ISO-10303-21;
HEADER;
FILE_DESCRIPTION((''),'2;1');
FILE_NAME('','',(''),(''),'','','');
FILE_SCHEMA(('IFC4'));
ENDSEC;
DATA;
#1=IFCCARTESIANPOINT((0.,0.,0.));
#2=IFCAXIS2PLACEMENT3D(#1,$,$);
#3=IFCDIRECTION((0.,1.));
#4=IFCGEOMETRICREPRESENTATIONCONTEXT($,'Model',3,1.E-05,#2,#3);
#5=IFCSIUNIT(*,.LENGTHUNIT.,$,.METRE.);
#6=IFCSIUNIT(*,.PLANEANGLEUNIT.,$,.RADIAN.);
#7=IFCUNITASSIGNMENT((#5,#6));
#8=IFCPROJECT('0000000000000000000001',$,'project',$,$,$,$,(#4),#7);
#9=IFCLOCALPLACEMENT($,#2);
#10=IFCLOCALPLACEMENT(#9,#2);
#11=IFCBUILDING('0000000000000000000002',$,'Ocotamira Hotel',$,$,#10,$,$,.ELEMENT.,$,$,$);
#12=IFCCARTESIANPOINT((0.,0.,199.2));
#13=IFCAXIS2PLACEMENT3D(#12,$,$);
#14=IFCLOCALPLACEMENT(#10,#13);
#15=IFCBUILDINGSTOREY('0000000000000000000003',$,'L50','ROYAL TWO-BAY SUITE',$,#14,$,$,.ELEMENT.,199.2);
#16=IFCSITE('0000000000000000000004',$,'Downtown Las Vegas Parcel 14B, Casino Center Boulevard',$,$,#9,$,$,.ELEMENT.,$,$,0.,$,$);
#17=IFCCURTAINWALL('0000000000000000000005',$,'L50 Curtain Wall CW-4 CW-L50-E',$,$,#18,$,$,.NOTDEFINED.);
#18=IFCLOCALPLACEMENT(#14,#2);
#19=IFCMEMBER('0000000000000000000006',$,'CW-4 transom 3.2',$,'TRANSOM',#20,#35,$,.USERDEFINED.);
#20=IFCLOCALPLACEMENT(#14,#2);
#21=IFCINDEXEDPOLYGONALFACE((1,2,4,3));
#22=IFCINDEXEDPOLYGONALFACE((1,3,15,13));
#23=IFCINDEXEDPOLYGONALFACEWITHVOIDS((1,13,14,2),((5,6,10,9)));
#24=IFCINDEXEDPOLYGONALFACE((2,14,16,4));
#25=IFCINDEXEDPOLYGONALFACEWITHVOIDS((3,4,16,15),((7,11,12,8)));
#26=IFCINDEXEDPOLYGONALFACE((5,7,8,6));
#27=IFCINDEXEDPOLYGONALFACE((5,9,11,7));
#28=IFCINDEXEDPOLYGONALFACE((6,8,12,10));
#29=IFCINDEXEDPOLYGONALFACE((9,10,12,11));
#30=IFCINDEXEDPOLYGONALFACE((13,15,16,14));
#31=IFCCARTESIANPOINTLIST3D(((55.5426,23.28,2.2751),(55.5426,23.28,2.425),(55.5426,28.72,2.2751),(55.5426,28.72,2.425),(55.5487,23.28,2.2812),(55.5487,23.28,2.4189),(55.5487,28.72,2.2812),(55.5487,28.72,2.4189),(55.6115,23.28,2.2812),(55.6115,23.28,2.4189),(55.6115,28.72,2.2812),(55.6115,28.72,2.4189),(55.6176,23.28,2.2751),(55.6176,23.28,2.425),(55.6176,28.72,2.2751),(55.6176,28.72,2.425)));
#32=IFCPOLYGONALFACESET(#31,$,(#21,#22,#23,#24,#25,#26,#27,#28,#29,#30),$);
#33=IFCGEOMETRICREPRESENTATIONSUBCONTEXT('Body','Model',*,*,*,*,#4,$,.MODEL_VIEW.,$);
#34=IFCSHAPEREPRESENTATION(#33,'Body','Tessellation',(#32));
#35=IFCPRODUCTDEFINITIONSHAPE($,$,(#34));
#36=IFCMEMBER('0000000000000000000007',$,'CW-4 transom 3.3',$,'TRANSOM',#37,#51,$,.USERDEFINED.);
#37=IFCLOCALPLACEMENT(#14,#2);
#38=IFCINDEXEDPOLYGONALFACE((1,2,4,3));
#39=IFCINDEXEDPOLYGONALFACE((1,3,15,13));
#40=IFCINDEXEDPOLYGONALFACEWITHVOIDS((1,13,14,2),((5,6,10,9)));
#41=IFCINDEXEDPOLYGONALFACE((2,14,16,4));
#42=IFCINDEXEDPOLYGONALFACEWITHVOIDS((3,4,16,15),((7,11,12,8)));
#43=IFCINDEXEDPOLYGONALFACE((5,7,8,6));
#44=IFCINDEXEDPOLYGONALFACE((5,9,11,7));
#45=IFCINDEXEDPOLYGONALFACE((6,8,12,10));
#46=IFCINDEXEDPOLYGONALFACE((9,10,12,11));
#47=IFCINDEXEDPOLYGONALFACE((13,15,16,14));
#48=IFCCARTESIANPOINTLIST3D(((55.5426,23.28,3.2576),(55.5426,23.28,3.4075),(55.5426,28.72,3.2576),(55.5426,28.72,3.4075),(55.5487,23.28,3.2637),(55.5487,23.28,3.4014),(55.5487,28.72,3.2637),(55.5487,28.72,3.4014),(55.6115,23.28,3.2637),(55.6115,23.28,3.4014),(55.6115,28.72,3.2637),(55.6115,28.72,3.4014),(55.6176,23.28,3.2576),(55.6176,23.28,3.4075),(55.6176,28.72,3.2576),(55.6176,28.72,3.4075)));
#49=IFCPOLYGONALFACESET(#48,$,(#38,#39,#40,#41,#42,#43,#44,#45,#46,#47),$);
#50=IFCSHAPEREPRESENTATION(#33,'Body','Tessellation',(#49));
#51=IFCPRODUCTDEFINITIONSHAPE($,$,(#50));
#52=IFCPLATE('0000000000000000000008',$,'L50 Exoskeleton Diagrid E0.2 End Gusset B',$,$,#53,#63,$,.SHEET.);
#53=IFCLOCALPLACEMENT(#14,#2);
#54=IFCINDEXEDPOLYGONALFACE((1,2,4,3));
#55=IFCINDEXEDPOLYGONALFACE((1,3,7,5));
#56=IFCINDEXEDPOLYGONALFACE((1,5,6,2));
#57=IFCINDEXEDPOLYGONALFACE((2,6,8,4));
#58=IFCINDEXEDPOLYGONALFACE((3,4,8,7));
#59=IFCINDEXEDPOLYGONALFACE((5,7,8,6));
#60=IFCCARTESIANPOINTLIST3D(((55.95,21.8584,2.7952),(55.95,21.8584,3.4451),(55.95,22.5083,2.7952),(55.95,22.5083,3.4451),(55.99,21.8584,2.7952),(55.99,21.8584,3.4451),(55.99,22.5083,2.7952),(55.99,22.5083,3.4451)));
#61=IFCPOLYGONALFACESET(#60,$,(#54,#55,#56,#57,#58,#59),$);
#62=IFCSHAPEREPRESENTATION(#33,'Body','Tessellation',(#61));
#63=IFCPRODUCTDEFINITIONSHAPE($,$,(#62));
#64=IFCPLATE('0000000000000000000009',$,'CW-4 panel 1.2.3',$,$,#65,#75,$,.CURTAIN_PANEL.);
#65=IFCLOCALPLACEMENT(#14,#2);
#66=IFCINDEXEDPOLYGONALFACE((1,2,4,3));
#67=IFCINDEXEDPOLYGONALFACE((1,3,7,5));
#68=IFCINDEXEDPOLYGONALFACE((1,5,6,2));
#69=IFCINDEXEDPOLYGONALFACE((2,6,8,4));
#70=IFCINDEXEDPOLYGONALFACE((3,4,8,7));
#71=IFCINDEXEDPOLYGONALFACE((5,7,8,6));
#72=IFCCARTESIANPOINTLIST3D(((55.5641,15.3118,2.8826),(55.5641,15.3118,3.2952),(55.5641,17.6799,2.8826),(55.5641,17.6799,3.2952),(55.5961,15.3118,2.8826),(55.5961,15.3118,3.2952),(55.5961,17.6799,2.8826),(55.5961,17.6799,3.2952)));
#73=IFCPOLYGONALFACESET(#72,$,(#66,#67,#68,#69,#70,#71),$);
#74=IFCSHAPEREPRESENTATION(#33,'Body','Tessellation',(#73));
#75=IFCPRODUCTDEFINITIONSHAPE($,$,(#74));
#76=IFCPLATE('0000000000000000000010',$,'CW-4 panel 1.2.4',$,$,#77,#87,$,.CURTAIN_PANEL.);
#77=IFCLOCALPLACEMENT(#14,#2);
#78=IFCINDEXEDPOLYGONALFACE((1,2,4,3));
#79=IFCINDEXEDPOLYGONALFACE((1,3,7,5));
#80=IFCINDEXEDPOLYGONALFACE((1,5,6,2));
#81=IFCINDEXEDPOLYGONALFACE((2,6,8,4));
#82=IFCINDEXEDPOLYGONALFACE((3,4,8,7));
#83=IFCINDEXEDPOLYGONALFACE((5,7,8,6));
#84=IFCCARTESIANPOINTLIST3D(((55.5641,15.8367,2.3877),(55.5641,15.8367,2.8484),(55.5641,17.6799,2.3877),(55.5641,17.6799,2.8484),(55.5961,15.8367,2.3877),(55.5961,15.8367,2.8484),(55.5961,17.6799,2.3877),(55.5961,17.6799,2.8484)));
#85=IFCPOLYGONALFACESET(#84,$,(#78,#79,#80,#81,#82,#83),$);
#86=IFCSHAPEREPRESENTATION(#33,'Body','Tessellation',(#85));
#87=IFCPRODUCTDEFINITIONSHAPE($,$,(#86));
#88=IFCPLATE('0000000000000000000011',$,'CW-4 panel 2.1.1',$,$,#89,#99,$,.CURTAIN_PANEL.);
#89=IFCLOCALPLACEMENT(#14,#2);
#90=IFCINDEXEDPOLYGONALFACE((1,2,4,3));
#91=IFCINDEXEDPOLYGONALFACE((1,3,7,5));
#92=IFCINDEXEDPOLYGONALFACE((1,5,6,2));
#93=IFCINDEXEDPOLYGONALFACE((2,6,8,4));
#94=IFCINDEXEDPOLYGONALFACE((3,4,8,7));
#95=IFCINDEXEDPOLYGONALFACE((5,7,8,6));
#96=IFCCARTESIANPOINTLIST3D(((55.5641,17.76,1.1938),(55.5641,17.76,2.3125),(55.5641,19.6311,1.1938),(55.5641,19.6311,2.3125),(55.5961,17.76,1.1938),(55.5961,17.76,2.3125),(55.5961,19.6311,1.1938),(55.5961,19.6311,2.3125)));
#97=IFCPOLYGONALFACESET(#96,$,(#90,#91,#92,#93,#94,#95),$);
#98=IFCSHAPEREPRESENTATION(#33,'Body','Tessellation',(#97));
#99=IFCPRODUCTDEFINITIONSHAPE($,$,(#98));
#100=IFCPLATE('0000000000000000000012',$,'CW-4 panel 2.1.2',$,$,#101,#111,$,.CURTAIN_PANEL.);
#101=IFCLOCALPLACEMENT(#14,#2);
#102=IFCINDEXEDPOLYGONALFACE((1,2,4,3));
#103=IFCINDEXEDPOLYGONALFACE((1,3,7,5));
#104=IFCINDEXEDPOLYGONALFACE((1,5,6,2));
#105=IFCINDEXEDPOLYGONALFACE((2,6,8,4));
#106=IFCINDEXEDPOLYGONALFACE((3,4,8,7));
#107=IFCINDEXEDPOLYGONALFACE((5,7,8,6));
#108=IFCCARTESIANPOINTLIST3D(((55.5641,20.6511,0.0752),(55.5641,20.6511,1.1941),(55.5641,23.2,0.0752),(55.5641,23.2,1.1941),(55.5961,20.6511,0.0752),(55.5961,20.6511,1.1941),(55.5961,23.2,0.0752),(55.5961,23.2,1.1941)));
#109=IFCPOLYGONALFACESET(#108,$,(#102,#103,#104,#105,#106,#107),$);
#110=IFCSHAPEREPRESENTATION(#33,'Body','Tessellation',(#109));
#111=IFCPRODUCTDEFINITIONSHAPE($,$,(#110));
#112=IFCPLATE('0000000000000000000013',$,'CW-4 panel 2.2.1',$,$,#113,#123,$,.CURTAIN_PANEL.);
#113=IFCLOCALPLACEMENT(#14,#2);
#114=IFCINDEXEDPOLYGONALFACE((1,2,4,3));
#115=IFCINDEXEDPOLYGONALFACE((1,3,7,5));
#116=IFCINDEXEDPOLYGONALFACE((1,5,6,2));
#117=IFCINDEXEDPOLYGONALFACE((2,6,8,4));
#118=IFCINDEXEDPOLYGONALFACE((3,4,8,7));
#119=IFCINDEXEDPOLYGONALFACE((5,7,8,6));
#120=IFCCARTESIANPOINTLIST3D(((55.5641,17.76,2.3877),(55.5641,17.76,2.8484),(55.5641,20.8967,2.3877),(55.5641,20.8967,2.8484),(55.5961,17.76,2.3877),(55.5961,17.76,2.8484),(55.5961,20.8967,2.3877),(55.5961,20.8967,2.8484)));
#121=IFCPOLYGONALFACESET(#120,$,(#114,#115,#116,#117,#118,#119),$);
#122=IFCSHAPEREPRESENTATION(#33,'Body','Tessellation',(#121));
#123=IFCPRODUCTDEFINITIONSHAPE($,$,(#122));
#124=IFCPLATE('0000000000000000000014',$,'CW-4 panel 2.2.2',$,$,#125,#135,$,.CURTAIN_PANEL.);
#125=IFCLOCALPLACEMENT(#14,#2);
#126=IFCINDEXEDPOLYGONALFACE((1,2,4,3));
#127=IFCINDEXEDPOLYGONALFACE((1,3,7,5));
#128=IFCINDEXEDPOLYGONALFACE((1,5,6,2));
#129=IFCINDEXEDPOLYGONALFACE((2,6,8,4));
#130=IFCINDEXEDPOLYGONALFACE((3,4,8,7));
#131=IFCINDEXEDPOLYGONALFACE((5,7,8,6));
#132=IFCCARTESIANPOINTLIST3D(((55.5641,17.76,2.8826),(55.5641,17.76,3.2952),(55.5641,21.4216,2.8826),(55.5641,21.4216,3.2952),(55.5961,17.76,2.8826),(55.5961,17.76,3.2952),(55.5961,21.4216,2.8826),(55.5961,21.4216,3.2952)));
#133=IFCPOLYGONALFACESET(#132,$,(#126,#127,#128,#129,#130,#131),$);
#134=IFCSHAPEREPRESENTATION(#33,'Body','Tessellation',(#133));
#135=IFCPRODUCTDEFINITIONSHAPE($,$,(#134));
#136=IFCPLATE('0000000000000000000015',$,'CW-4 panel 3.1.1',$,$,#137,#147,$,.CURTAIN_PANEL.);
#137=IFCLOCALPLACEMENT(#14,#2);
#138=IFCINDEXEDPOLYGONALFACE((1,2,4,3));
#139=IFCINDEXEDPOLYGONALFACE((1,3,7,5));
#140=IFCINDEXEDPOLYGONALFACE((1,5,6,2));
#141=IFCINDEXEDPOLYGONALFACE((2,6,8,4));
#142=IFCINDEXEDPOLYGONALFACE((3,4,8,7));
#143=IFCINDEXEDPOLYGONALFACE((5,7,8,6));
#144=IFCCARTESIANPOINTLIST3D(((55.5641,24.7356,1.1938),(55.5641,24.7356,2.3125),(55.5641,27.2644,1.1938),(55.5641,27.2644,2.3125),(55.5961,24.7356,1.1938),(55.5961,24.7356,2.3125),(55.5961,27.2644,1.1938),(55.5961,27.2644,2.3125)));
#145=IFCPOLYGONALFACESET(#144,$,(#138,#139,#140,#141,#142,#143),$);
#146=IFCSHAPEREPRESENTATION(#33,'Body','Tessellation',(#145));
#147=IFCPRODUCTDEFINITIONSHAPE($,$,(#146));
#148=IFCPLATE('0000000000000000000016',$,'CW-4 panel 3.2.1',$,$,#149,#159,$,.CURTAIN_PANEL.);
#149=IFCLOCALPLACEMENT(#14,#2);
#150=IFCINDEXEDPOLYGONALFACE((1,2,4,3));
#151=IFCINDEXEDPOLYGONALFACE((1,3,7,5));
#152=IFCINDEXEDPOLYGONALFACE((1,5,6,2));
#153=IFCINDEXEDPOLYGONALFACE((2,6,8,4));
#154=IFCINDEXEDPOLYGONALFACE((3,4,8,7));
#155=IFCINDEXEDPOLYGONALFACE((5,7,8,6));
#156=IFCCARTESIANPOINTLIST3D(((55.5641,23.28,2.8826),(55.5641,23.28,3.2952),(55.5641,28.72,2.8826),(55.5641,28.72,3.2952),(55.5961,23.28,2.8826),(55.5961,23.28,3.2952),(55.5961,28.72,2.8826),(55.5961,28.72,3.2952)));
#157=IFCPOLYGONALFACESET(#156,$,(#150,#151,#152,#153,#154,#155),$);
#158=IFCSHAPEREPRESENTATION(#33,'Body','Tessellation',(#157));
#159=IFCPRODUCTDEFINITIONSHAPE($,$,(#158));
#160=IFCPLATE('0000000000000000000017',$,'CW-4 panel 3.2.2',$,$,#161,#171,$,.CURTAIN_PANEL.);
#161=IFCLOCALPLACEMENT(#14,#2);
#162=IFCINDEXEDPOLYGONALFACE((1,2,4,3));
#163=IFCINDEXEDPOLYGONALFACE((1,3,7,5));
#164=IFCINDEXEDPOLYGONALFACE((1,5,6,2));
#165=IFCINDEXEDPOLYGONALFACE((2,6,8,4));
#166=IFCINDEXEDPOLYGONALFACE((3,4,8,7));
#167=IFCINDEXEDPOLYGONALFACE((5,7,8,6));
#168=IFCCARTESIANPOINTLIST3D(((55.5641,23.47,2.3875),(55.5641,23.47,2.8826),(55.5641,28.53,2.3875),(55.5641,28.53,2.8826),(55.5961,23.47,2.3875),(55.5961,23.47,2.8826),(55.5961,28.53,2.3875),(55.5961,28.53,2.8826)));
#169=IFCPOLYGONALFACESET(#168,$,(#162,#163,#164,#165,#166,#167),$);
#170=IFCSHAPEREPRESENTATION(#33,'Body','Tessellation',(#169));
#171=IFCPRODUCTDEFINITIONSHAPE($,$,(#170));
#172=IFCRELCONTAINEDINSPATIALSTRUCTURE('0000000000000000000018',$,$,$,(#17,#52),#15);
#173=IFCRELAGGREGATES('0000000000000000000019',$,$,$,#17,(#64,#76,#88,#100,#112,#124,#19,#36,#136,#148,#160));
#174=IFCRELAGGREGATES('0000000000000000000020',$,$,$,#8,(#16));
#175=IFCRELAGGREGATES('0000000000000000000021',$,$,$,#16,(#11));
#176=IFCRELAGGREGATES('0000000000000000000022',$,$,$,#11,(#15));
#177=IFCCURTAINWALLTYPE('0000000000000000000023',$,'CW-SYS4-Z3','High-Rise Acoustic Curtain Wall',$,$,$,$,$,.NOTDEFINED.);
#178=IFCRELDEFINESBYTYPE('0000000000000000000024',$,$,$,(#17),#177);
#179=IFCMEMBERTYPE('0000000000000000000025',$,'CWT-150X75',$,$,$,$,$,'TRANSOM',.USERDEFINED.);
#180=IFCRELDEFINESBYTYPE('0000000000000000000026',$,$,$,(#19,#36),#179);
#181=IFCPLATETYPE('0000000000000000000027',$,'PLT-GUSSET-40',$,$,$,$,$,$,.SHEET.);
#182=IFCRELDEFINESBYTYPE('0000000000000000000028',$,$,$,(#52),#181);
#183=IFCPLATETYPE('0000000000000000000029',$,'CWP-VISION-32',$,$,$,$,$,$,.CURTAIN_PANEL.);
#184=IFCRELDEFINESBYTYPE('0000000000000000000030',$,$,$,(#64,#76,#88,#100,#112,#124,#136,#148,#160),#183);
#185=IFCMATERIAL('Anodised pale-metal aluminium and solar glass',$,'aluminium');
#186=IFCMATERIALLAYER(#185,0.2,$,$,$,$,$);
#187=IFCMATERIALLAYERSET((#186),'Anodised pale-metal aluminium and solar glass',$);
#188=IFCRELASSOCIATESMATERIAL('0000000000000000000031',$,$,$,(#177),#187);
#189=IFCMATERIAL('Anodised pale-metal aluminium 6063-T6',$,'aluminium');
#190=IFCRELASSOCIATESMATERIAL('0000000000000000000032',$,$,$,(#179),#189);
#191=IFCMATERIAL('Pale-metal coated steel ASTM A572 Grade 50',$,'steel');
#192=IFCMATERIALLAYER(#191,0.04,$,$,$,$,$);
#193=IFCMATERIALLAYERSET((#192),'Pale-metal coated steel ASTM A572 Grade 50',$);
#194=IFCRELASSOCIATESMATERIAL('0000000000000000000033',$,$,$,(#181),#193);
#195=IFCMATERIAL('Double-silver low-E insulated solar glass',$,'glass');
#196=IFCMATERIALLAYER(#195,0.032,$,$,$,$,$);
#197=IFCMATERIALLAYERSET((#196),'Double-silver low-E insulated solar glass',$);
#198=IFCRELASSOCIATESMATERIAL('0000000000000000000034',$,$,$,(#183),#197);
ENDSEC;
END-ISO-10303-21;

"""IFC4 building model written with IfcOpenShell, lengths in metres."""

from ifc_helpers import new_model, si_unit, direction, frame, origin, origin_2d, place, context, subcontext, project, spatial, rectangle, hollow_rectangle, extrude, source, transform, mapped, material, layer, layer_set, material_profile, profile_set, type_object, element, aggregate, save


model = new_model("IFC4")

# Units and contexts
model_context = context("Model", 3, precision=1e-05, world=origin(), true_north=direction((0.0, 1.0)))
body_context = subcontext(model_context, "Body", "Model", "MODEL_VIEW")
ifc_project = project(units=[si_unit("LENGTHUNIT", "METRE"), si_unit("PLANEANGLEUNIT", "RADIAN")], contexts=[model_context])

# Site, building, storey
site_placement = place(None, origin())
site = spatial("IfcSite", under=ifc_project, at=site_placement, Name="Downtown Las Vegas Parcel 14B, Casino Center Boulevard", CompositionType="ELEMENT", RefElevation=0.0)
building_placement = place(site_placement, origin())
building = spatial("IfcBuilding", under=site, at=building_placement, Name="Ocotamira Hotel", CompositionType="ELEMENT")
storey_placement = place(building_placement, frame((0.0, 0.0, 199.2)))
storey = spatial("IfcBuildingStorey", under=building, at=storey_placement, Name="L50", Description="ROYAL TWO-BAY SUITE", CompositionType="ELEMENT", Elevation=199.2)

# Curtain wall, members
ifc_material_1 = material(Name="Anodised pale-metal aluminium and solar glass", Category="aluminium")
ifc_layer_1 = layer(ifc_material_1, 0.2)
ifc_layer_set_1 = layer_set([ifc_layer_1], Name="Anodised pale-metal aluminium and solar glass")
curtain_wall_type = type_object("IfcCurtainWallType", Name="CW-SYS4-Z3", Description="High-Rise Acoustic Curtain Wall", PredefinedType="NOTDEFINED", material=ifc_layer_set_1)
curtain_wall_placement = place(storey_placement, origin())
curtain_wall = element("IfcCurtainWall", 1, at=curtain_wall_placement, inside=storey, type_object=curtain_wall_type, Name="L50 Curtain Wall CW-4 CW-L50-E", PredefinedType="NOTDEFINED")
ifc_material_2 = material(Name="Anodised pale-metal aluminium 6063-T6", Category="aluminium")
ifc_material_profile_1 = material_profile(ifc_material_2, hollow_rectangle(XDim=0.075, YDim=0.1499, WallThickness=0.0061, at=origin_2d()), Name="HSS150X75X6")
ifc_profile_set_1 = profile_set([ifc_material_profile_1], Name="Anodised pale-metal aluminium 6063-T6")
member_type_1 = type_object("IfcMemberType", Name="CWT-150X75", ElementType="TRANSOM", PredefinedType="USERDEFINED", material=ifc_profile_set_1)
shared_shape_1 = source(origin(), body_context, "Body", "SweptSolid", [
    extrude(hollow_rectangle(XDim=0.075, YDim=0.1499, WallThickness=0.0061, at=origin_2d()), origin(), (0.0, 0.0, 1.0), 5.4399),
])
member_1_placement = place(storey_placement, frame((55.5801, 23.28, 2.3501), z_axis=(0.0, 1.0, 0.0), x_axis=(-1.0, 0.0, 0.0)))
member_1 = element("IfcMember", 2, at=member_1_placement, type_object=member_type_1, Name="CW-4 transom 3.2", ObjectType="TRANSOM", PredefinedType="USERDEFINED", context=body_context, shape_type="MappedRepresentation", body=[
    mapped(shared_shape_1, transform((0.0, 0.0, 0.0), scale=1.0)),
])
member_2_placement = place(storey_placement, frame((55.5801, 23.28, 3.3325), z_axis=(0.0, 1.0, 0.0), x_axis=(-1.0, 0.0, 0.0)))
member_2 = element("IfcMember", 3, at=member_2_placement, type_object=member_type_1, Name="CW-4 transom 3.3", ObjectType="TRANSOM", PredefinedType="USERDEFINED", context=body_context, shape_type="MappedRepresentation", body=[
    mapped(shared_shape_1, transform((0.0, 0.0, 0.0), scale=1.0)),
])

# Plates
ifc_material_3 = material(Name="Pale-metal coated steel ASTM A572 Grade 50", Category="steel")
ifc_layer_2 = layer(ifc_material_3, 0.04)
ifc_layer_set_2 = layer_set([ifc_layer_2], Name="Pale-metal coated steel ASTM A572 Grade 50")
plate_type_1 = type_object("IfcPlateType", Name="PLT-GUSSET-40", PredefinedType="SHEET", material=ifc_layer_set_2)
shared_shape_2 = source(origin(), body_context, "Body", "SweptSolid", [
    extrude(rectangle(XDim=0.04, YDim=0.6499, at=origin_2d()), origin(), (0.0, 0.0, 1.0), 0.6499),
])
plate_1_placement = place(storey_placement, frame((55.97, 22.1833, 2.7952), z_axis=(0.0, 0.0, 1.0), x_axis=(1.0, 0.0, 0.0)))
element("IfcPlate", 4, at=plate_1_placement, inside=storey, type_object=plate_type_1, Name="L50 Exoskeleton Diagrid E0.2 End Gusset B", PredefinedType="SHEET", context=body_context, shape_type="MappedRepresentation", body=[
    mapped(shared_shape_2, transform((0.0, 0.0, 0.0), scale=1.0)),
])
ifc_material_4 = material(Name="Double-silver low-E insulated solar glass", Category="glass")
ifc_layer_3 = layer(ifc_material_4, 0.032)
ifc_layer_set_3 = layer_set([ifc_layer_3], Name="Double-silver low-E insulated solar glass")
plate_type_2 = type_object("IfcPlateType", Name="CWP-VISION-32", PredefinedType="CURTAIN_PANEL", material=ifc_layer_set_3)
shared_shape_3 = source(origin(), body_context, "Body", "SweptSolid", [
    extrude(rectangle(XDim=2.3682, YDim=0.032, at=origin_2d()), origin(), (0.0, 0.0, 1.0), 0.4126),
])
plate_2_placement = place(storey_placement, frame((55.5801, 16.4958, 2.8826), z_axis=(0.0, 0.0, 1.0), x_axis=(0.0, 1.0, 0.0)))
plate_2 = element("IfcPlate", 5, at=plate_2_placement, type_object=plate_type_2, Name="CW-4 panel 1.2.3", PredefinedType="CURTAIN_PANEL", context=body_context, shape_type="MappedRepresentation", body=[
    mapped(shared_shape_3, transform((0.0, 0.0, 0.0), scale=1.0)),
])
shared_shape_4 = source(origin(), body_context, "Body", "SweptSolid", [
    extrude(rectangle(XDim=1.8433, YDim=0.032, at=origin_2d()), origin(), (0.0, 0.0, 1.0), 0.4607),
])
plate_3_placement = place(storey_placement, frame((55.5801, 16.7583, 2.3877), z_axis=(0.0, 0.0, 1.0), x_axis=(0.0, 1.0, 0.0)))
plate_3 = element("IfcPlate", 6, at=plate_3_placement, type_object=plate_type_2, Name="CW-4 panel 1.2.4", PredefinedType="CURTAIN_PANEL", context=body_context, shape_type="MappedRepresentation", body=[
    mapped(shared_shape_4, transform((0.0, 0.0, 0.0), scale=1.0)),
])
shared_shape_5 = source(origin(), body_context, "Body", "SweptSolid", [
    extrude(rectangle(XDim=1.8711, YDim=0.032, at=origin_2d()), origin(), (0.0, 0.0, 1.0), 1.1187),
])
plate_4_placement = place(storey_placement, frame((55.5801, 18.6956, 1.1938), z_axis=(0.0, 0.0, 1.0), x_axis=(0.0, 1.0, 0.0)))
plate_4 = element("IfcPlate", 7, at=plate_4_placement, type_object=plate_type_2, Name="CW-4 panel 2.1.1", PredefinedType="CURTAIN_PANEL", context=body_context, shape_type="MappedRepresentation", body=[
    mapped(shared_shape_5, transform((0.0, 0.0, 0.0), scale=1.0)),
])
shared_shape_6 = source(origin(), body_context, "Body", "SweptSolid", [
    extrude(rectangle(XDim=2.5488, YDim=0.032, at=origin_2d()), origin(), (0.0, 0.0, 1.0), 1.1189),
])
plate_5_placement = place(storey_placement, frame((55.5801, 21.9255, 0.0752), z_axis=(0.0, 0.0, 1.0), x_axis=(0.0, 1.0, 0.0)))
plate_5 = element("IfcPlate", 8, at=plate_5_placement, type_object=plate_type_2, Name="CW-4 panel 2.1.2", PredefinedType="CURTAIN_PANEL", context=body_context, shape_type="MappedRepresentation", body=[
    mapped(shared_shape_6, transform((0.0, 0.0, 0.0), scale=1.0)),
])
shared_shape_7 = source(origin(), body_context, "Body", "SweptSolid", [
    extrude(rectangle(XDim=3.1367, YDim=0.032, at=origin_2d()), origin(), (0.0, 0.0, 1.0), 0.4607),
])
plate_6_placement = place(storey_placement, frame((55.5801, 19.3284, 2.3877), z_axis=(0.0, 0.0, 1.0), x_axis=(0.0, 1.0, 0.0)))
plate_6 = element("IfcPlate", 9, at=plate_6_placement, type_object=plate_type_2, Name="CW-4 panel 2.2.1", PredefinedType="CURTAIN_PANEL", context=body_context, shape_type="MappedRepresentation", body=[
    mapped(shared_shape_7, transform((0.0, 0.0, 0.0), scale=1.0)),
])
shared_shape_8 = source(origin(), body_context, "Body", "SweptSolid", [
    extrude(rectangle(XDim=3.6616, YDim=0.032, at=origin_2d()), origin(), (0.0, 0.0, 1.0), 0.4126),
])
plate_7_placement = place(storey_placement, frame((55.5801, 19.5908, 2.8826), z_axis=(0.0, 0.0, 1.0), x_axis=(0.0, 1.0, 0.0)))
plate_7 = element("IfcPlate", 10, at=plate_7_placement, type_object=plate_type_2, Name="CW-4 panel 2.2.2", PredefinedType="CURTAIN_PANEL", context=body_context, shape_type="MappedRepresentation", body=[
    mapped(shared_shape_8, transform((0.0, 0.0, 0.0), scale=1.0)),
])
shared_shape_9 = source(origin(), body_context, "Body", "SweptSolid", [
    extrude(rectangle(XDim=2.5288, YDim=0.032, at=origin_2d()), origin(), (0.0, 0.0, 1.0), 1.1187),
])
plate_8_placement = place(storey_placement, frame((55.5801, 26.0, 1.1938), z_axis=(0.0, 0.0, 1.0), x_axis=(0.0, 1.0, 0.0)))
plate_8 = element("IfcPlate", 11, at=plate_8_placement, type_object=plate_type_2, Name="CW-4 panel 3.1.1", PredefinedType="CURTAIN_PANEL", context=body_context, shape_type="MappedRepresentation", body=[
    mapped(shared_shape_9, transform((0.0, 0.0, 0.0), scale=1.0)),
])
shared_shape_10 = source(origin(), body_context, "Body", "SweptSolid", [
    extrude(rectangle(XDim=5.4399, YDim=0.032, at=origin_2d()), origin(), (0.0, 0.0, 1.0), 0.4126),
])
plate_9_placement = place(storey_placement, frame((55.5801, 26.0, 2.8826), z_axis=(0.0, 0.0, 1.0), x_axis=(0.0, 1.0, 0.0)))
plate_9 = element("IfcPlate", 12, at=plate_9_placement, type_object=plate_type_2, Name="CW-4 panel 3.2.1", PredefinedType="CURTAIN_PANEL", context=body_context, shape_type="MappedRepresentation", body=[
    mapped(shared_shape_10, transform((0.0, 0.0, 0.0), scale=1.0)),
])
shared_shape_11 = source(origin(), body_context, "Body", "SweptSolid", [
    extrude(rectangle(XDim=5.0601, YDim=0.032, at=origin_2d()), origin(), (0.0, 0.0, 1.0), 0.4951),
])
plate_10_placement = place(storey_placement, frame((55.5801, 26.0, 2.3875), z_axis=(0.0, 0.0, 1.0), x_axis=(0.0, 1.0, 0.0)))
plate_10 = element("IfcPlate", 13, at=plate_10_placement, type_object=plate_type_2, Name="CW-4 panel 3.2.2", PredefinedType="CURTAIN_PANEL", context=body_context, shape_type="MappedRepresentation", body=[
    mapped(shared_shape_11, transform((0.0, 0.0, 0.0), scale=1.0)),
])
aggregate(curtain_wall, [plate_2, plate_3, plate_4, plate_5, plate_6, plate_7, member_1, member_2, plate_8, plate_9, plate_10])

save(model, "model.ifc")
